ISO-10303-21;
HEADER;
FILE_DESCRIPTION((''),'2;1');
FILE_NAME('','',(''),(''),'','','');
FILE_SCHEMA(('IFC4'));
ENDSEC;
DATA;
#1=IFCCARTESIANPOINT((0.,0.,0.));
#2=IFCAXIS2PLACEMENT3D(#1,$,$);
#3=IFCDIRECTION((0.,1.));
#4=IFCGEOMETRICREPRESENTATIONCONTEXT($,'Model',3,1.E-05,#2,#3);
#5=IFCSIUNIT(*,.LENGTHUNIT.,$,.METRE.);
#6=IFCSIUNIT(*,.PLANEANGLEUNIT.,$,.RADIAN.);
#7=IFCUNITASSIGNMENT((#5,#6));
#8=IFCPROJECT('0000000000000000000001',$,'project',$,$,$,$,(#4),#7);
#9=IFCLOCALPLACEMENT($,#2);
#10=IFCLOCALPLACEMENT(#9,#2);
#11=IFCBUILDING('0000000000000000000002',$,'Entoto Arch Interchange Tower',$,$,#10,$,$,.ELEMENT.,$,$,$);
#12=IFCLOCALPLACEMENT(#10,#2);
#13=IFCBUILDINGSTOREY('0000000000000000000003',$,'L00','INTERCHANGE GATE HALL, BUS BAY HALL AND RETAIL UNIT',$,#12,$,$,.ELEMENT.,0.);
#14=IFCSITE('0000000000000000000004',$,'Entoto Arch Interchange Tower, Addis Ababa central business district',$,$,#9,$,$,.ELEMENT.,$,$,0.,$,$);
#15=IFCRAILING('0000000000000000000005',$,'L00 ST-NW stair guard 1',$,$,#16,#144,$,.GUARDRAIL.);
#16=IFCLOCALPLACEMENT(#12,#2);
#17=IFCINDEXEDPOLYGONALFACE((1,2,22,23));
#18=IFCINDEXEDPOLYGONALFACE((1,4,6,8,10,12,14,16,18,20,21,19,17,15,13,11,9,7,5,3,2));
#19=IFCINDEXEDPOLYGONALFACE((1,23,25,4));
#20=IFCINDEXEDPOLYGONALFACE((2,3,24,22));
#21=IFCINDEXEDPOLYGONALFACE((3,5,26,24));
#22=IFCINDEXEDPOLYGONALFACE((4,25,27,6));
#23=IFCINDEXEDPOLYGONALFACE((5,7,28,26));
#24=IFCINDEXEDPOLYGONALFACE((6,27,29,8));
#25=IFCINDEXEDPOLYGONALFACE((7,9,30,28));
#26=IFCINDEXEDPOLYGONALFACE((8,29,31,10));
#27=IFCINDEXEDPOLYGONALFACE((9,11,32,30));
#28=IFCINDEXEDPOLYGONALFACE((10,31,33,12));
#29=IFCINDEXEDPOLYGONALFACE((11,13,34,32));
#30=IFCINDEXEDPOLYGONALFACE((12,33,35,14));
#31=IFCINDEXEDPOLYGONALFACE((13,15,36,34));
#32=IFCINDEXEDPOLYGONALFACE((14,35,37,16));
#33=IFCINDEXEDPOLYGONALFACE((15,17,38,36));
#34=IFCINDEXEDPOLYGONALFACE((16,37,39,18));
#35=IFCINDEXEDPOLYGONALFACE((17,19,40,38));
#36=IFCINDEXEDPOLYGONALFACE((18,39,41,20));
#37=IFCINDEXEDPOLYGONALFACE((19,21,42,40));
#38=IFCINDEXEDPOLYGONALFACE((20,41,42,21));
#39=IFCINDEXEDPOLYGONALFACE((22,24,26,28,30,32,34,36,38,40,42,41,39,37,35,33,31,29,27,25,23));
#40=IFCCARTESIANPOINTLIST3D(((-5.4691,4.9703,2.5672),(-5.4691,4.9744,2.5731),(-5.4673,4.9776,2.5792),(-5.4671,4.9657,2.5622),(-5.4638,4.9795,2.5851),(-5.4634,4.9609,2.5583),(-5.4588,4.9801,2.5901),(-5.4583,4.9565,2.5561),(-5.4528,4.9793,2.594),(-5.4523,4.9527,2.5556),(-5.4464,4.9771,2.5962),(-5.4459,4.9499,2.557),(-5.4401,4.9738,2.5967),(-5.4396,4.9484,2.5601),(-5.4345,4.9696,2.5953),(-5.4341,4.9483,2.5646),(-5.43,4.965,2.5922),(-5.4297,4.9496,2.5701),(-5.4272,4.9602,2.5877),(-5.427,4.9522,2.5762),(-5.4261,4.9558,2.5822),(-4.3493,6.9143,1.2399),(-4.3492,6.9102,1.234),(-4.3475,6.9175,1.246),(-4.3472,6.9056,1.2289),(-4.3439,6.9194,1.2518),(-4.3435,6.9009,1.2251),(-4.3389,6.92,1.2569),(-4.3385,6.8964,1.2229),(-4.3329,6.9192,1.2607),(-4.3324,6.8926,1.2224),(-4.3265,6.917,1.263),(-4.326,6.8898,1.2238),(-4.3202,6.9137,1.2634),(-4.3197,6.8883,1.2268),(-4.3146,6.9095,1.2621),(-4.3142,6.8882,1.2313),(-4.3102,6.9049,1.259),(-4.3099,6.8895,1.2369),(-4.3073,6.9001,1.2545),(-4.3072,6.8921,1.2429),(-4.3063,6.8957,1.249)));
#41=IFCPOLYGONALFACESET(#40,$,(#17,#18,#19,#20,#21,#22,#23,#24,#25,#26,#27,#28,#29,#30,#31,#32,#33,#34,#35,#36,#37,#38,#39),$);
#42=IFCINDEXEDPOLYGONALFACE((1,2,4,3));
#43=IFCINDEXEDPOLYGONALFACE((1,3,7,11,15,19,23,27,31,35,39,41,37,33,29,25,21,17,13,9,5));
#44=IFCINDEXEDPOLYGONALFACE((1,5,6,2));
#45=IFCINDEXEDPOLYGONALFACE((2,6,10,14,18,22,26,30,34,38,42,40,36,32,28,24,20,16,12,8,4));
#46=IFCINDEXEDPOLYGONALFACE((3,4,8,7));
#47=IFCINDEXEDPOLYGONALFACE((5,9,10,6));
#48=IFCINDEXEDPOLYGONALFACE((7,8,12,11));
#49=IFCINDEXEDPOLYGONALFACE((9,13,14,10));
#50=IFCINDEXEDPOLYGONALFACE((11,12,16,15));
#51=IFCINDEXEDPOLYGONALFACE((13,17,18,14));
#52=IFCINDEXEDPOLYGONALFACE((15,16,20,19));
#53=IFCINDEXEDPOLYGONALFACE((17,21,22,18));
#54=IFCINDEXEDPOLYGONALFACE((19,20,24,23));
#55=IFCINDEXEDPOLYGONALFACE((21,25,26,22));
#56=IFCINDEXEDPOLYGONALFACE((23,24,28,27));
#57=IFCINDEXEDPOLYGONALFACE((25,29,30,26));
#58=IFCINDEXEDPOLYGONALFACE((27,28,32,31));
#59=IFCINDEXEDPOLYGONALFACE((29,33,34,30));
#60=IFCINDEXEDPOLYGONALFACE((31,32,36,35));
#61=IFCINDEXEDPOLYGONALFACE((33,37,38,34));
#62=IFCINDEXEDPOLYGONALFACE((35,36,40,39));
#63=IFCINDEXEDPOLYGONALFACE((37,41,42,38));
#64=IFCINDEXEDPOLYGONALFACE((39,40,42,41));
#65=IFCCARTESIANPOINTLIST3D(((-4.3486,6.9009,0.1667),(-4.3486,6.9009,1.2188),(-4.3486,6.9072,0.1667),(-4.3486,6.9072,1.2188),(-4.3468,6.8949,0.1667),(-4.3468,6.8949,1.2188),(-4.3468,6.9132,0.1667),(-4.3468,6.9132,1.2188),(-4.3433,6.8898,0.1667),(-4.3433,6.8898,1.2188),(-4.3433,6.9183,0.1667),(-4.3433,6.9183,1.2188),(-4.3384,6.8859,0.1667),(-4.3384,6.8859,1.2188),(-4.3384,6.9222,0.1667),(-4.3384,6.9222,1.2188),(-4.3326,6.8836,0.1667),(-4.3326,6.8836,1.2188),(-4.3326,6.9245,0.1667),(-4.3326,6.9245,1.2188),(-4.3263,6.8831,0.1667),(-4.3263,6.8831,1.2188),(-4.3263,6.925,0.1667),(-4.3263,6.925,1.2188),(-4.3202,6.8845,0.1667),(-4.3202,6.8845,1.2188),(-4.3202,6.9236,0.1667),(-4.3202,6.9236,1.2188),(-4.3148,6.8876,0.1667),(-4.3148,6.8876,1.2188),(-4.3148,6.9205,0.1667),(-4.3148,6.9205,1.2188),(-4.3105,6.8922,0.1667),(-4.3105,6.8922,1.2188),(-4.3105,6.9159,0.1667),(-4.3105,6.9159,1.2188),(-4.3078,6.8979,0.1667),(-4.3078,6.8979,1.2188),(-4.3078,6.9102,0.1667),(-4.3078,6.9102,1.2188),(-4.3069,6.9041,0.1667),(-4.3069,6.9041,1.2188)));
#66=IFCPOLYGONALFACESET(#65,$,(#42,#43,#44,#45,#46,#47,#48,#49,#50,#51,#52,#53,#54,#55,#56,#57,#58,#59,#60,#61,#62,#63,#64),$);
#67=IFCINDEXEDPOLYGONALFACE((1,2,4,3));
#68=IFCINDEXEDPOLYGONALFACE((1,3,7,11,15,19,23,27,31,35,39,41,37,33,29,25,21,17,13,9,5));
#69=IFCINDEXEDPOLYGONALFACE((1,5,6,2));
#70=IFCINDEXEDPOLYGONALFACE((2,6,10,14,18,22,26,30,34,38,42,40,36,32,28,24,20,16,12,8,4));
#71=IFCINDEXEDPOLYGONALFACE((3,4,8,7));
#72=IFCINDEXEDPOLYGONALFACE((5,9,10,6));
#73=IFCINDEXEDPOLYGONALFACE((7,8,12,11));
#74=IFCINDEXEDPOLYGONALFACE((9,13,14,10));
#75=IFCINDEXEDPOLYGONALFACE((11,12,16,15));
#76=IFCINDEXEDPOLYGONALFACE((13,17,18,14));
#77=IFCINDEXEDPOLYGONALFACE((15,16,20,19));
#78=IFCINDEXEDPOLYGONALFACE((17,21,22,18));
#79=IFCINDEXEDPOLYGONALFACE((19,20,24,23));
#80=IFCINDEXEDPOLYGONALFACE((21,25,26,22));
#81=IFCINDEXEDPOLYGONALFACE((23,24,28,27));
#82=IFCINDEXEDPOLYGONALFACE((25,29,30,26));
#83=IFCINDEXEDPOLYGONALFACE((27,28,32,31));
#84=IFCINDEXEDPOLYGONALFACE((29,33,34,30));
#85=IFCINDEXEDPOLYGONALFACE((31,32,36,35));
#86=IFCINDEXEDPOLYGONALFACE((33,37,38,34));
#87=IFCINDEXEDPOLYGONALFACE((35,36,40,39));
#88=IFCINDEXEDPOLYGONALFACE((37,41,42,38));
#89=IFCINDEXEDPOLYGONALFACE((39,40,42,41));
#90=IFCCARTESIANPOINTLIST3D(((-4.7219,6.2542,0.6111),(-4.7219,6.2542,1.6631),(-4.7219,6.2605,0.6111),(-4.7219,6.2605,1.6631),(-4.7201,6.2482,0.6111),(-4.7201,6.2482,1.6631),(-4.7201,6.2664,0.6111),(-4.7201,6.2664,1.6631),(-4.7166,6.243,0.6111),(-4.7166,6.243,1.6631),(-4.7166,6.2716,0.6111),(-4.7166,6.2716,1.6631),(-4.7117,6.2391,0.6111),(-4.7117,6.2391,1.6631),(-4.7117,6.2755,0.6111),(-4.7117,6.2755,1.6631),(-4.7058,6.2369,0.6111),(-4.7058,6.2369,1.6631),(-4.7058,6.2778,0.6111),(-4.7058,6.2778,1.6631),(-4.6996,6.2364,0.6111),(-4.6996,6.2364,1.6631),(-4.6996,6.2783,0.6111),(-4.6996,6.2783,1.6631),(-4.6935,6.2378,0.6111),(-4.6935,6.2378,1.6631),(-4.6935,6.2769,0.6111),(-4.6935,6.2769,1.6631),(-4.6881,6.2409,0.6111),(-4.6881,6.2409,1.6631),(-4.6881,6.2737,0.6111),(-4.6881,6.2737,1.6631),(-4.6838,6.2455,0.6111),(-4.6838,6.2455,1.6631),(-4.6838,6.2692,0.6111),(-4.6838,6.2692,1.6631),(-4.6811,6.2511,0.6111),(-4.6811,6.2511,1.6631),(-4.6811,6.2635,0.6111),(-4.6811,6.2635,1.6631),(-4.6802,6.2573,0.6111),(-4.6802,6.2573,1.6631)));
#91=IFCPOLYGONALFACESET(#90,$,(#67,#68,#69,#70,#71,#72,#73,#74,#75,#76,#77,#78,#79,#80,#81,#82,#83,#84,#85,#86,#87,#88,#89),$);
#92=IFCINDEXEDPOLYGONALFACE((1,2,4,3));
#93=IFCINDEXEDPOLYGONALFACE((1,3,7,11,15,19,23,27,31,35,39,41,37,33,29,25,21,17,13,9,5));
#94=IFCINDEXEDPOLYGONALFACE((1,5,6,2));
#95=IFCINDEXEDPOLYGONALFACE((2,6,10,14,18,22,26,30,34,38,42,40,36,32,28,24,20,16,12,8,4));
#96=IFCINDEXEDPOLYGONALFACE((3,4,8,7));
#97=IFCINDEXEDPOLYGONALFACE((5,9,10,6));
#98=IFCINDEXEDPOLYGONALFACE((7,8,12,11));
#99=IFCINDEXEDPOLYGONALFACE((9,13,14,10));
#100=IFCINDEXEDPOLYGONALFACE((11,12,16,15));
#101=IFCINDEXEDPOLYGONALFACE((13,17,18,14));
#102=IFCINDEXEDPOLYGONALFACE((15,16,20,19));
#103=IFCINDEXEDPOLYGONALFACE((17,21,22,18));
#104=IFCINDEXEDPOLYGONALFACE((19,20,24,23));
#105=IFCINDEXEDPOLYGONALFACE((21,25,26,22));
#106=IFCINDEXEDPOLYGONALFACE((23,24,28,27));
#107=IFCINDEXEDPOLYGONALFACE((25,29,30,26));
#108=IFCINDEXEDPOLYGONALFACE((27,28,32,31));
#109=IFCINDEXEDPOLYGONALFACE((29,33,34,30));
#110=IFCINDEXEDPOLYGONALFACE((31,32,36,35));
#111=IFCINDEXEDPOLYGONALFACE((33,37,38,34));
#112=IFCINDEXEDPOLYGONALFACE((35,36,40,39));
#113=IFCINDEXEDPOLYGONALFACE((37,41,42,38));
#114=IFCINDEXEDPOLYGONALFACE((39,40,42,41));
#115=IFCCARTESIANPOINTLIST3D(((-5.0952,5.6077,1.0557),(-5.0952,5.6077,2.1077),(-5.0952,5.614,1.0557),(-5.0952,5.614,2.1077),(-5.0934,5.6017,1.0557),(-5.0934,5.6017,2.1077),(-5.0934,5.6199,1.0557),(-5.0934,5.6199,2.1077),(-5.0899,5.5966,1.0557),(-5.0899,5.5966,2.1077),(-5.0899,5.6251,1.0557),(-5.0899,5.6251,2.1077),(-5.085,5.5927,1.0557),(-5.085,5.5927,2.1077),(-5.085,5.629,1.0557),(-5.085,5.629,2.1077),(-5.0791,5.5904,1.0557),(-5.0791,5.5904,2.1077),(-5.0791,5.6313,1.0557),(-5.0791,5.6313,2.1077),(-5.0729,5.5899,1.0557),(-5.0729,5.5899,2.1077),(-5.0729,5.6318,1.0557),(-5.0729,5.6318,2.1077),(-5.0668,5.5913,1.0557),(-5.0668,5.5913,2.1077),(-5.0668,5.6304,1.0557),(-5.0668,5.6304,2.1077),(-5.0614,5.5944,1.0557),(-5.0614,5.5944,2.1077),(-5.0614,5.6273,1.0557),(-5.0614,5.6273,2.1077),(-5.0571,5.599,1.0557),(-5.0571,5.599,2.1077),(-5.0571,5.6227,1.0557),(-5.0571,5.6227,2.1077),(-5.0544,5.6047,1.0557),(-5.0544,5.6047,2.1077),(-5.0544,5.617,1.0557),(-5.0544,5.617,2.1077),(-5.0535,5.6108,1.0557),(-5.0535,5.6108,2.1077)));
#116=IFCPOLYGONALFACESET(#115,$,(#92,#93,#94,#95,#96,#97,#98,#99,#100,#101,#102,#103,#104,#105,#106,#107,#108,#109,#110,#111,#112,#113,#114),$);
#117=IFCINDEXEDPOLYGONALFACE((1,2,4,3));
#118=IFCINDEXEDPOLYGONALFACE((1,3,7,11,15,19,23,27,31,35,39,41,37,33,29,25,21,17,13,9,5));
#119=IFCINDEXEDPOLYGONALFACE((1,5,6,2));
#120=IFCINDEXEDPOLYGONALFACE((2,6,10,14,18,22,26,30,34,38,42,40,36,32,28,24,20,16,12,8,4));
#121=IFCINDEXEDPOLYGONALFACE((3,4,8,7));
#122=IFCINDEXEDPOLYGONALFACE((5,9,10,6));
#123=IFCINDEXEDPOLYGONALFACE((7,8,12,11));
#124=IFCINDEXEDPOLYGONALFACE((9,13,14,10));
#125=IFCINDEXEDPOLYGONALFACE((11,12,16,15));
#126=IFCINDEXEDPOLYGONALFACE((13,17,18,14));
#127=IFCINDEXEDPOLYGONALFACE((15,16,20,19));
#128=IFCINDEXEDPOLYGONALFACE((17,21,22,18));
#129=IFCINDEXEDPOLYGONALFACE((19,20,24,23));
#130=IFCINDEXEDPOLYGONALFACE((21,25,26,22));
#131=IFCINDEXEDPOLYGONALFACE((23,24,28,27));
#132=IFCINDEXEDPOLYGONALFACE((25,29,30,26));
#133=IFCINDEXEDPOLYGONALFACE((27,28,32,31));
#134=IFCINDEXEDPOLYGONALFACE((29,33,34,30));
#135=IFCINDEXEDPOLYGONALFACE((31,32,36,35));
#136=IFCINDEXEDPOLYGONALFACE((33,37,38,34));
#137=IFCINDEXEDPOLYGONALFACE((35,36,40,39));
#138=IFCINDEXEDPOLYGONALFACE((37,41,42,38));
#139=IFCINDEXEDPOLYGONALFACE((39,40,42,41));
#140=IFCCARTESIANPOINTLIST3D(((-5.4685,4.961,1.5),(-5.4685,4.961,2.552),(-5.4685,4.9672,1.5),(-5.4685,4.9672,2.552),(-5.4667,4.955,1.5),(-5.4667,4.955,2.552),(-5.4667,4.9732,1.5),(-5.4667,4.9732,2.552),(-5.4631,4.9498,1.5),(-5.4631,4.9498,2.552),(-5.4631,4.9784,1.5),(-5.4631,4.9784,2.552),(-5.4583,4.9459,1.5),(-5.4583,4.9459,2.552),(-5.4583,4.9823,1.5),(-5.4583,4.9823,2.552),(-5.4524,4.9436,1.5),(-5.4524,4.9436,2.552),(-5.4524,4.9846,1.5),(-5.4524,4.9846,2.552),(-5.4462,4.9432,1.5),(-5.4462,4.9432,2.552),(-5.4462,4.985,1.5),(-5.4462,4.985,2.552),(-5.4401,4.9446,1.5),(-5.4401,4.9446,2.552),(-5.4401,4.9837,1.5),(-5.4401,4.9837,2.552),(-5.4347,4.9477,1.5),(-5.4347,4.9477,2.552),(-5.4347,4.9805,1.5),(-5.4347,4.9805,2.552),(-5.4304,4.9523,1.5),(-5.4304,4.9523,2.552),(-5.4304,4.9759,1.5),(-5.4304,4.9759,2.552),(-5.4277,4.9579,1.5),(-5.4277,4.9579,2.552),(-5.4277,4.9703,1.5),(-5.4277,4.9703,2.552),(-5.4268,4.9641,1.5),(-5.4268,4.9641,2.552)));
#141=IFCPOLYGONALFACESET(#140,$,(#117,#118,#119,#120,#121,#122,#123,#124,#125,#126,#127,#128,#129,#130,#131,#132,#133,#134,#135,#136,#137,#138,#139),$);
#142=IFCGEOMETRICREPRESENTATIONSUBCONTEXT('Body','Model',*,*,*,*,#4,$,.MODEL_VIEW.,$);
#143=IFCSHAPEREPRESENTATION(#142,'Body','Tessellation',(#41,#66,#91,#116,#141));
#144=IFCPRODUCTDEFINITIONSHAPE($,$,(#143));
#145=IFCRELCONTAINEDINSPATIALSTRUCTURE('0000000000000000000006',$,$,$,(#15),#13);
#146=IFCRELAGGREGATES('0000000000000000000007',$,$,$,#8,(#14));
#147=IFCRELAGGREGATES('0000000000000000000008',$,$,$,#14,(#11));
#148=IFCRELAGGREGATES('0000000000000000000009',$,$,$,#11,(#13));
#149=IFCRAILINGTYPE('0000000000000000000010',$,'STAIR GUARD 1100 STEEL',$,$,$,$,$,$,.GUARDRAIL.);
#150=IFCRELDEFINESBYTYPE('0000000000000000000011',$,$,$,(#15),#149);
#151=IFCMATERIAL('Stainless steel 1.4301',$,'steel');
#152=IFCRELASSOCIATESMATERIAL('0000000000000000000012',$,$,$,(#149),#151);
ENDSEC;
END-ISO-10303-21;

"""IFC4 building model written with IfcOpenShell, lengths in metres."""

from ifc_helpers import new_model, si_unit, direction, frame, origin, origin_2d, place, context, subcontext, project, spatial, circle, extrude, material, type_object, element, save


model = new_model("IFC4")

# Units and contexts
model_context = context("Model", 3, precision=1e-05, world=origin(), true_north=direction((0.0, 1.0)))
body_context = subcontext(model_context, "Body", "Model", "MODEL_VIEW")
ifc_project = project(units=[si_unit("LENGTHUNIT", "METRE"), si_unit("PLANEANGLEUNIT", "RADIAN")], contexts=[model_context])

# Site, building, storey
site_placement = place(None, origin())
site = spatial("IfcSite", under=ifc_project, at=site_placement, Name="Entoto Arch Interchange Tower, Addis Ababa central business district", CompositionType="ELEMENT", RefElevation=0.0)
building_placement = place(site_placement, origin())
building = spatial("IfcBuilding", under=site, at=building_placement, Name="Entoto Arch Interchange Tower", CompositionType="ELEMENT")
storey_placement = place(building_placement, origin())
storey = spatial("IfcBuildingStorey", under=building, at=storey_placement, Name="L00", Description="INTERCHANGE GATE HALL, BUS BAY HALL AND RETAIL UNIT", CompositionType="ELEMENT", Elevation=0.0)

# Railing
ifc_material_1 = material(Name="Stainless steel 1.4301", Category="steel")
railing_type_1 = type_object("IfcRailingType", Name="STAIR GUARD 1100 STEEL", PredefinedType="GUARDRAIL", material=ifc_material_1)
railing_1_placement = place(storey_placement, frame((-4.3279, 6.9041, 0.1667)))
element("IfcRailing", 1, at=railing_1_placement, inside=storey, type_object=railing_type_1, Name="L00 ST-NW stair guard 1", PredefinedType="GUARDRAIL", context=body_context, shape_type="SweptSolid", body=[
    extrude(circle(Radius=0.0239, at=origin_2d()), frame((0.0, 0.0, 1.0762), z_axis=(-0.429608, -0.744205, 0.511465), x_axis=(0.866055, -0.499949, 0.0)), (0.0, 0.0, 1.0), 2.6067),
    extrude(circle(Radius=0.021, at=origin_2d()), origin(), (0.0, 0.0, 1.0), 1.052),
    extrude(circle(Radius=0.021, at=origin_2d()), frame((-0.3733, -0.6467, 0.4443)), (0.0, 0.0, 1.0), 1.052),
    extrude(circle(Radius=0.021, at=origin_2d()), frame((-0.7466, -1.2932, 0.8889)), (0.0, 0.0, 1.0), 1.052),
    extrude(circle(Radius=0.021, at=origin_2d()), frame((-1.1199, -1.9399, 1.3333)), (0.0, 0.0, 1.0), 1.052),
])

save(model, "model.ifc")
